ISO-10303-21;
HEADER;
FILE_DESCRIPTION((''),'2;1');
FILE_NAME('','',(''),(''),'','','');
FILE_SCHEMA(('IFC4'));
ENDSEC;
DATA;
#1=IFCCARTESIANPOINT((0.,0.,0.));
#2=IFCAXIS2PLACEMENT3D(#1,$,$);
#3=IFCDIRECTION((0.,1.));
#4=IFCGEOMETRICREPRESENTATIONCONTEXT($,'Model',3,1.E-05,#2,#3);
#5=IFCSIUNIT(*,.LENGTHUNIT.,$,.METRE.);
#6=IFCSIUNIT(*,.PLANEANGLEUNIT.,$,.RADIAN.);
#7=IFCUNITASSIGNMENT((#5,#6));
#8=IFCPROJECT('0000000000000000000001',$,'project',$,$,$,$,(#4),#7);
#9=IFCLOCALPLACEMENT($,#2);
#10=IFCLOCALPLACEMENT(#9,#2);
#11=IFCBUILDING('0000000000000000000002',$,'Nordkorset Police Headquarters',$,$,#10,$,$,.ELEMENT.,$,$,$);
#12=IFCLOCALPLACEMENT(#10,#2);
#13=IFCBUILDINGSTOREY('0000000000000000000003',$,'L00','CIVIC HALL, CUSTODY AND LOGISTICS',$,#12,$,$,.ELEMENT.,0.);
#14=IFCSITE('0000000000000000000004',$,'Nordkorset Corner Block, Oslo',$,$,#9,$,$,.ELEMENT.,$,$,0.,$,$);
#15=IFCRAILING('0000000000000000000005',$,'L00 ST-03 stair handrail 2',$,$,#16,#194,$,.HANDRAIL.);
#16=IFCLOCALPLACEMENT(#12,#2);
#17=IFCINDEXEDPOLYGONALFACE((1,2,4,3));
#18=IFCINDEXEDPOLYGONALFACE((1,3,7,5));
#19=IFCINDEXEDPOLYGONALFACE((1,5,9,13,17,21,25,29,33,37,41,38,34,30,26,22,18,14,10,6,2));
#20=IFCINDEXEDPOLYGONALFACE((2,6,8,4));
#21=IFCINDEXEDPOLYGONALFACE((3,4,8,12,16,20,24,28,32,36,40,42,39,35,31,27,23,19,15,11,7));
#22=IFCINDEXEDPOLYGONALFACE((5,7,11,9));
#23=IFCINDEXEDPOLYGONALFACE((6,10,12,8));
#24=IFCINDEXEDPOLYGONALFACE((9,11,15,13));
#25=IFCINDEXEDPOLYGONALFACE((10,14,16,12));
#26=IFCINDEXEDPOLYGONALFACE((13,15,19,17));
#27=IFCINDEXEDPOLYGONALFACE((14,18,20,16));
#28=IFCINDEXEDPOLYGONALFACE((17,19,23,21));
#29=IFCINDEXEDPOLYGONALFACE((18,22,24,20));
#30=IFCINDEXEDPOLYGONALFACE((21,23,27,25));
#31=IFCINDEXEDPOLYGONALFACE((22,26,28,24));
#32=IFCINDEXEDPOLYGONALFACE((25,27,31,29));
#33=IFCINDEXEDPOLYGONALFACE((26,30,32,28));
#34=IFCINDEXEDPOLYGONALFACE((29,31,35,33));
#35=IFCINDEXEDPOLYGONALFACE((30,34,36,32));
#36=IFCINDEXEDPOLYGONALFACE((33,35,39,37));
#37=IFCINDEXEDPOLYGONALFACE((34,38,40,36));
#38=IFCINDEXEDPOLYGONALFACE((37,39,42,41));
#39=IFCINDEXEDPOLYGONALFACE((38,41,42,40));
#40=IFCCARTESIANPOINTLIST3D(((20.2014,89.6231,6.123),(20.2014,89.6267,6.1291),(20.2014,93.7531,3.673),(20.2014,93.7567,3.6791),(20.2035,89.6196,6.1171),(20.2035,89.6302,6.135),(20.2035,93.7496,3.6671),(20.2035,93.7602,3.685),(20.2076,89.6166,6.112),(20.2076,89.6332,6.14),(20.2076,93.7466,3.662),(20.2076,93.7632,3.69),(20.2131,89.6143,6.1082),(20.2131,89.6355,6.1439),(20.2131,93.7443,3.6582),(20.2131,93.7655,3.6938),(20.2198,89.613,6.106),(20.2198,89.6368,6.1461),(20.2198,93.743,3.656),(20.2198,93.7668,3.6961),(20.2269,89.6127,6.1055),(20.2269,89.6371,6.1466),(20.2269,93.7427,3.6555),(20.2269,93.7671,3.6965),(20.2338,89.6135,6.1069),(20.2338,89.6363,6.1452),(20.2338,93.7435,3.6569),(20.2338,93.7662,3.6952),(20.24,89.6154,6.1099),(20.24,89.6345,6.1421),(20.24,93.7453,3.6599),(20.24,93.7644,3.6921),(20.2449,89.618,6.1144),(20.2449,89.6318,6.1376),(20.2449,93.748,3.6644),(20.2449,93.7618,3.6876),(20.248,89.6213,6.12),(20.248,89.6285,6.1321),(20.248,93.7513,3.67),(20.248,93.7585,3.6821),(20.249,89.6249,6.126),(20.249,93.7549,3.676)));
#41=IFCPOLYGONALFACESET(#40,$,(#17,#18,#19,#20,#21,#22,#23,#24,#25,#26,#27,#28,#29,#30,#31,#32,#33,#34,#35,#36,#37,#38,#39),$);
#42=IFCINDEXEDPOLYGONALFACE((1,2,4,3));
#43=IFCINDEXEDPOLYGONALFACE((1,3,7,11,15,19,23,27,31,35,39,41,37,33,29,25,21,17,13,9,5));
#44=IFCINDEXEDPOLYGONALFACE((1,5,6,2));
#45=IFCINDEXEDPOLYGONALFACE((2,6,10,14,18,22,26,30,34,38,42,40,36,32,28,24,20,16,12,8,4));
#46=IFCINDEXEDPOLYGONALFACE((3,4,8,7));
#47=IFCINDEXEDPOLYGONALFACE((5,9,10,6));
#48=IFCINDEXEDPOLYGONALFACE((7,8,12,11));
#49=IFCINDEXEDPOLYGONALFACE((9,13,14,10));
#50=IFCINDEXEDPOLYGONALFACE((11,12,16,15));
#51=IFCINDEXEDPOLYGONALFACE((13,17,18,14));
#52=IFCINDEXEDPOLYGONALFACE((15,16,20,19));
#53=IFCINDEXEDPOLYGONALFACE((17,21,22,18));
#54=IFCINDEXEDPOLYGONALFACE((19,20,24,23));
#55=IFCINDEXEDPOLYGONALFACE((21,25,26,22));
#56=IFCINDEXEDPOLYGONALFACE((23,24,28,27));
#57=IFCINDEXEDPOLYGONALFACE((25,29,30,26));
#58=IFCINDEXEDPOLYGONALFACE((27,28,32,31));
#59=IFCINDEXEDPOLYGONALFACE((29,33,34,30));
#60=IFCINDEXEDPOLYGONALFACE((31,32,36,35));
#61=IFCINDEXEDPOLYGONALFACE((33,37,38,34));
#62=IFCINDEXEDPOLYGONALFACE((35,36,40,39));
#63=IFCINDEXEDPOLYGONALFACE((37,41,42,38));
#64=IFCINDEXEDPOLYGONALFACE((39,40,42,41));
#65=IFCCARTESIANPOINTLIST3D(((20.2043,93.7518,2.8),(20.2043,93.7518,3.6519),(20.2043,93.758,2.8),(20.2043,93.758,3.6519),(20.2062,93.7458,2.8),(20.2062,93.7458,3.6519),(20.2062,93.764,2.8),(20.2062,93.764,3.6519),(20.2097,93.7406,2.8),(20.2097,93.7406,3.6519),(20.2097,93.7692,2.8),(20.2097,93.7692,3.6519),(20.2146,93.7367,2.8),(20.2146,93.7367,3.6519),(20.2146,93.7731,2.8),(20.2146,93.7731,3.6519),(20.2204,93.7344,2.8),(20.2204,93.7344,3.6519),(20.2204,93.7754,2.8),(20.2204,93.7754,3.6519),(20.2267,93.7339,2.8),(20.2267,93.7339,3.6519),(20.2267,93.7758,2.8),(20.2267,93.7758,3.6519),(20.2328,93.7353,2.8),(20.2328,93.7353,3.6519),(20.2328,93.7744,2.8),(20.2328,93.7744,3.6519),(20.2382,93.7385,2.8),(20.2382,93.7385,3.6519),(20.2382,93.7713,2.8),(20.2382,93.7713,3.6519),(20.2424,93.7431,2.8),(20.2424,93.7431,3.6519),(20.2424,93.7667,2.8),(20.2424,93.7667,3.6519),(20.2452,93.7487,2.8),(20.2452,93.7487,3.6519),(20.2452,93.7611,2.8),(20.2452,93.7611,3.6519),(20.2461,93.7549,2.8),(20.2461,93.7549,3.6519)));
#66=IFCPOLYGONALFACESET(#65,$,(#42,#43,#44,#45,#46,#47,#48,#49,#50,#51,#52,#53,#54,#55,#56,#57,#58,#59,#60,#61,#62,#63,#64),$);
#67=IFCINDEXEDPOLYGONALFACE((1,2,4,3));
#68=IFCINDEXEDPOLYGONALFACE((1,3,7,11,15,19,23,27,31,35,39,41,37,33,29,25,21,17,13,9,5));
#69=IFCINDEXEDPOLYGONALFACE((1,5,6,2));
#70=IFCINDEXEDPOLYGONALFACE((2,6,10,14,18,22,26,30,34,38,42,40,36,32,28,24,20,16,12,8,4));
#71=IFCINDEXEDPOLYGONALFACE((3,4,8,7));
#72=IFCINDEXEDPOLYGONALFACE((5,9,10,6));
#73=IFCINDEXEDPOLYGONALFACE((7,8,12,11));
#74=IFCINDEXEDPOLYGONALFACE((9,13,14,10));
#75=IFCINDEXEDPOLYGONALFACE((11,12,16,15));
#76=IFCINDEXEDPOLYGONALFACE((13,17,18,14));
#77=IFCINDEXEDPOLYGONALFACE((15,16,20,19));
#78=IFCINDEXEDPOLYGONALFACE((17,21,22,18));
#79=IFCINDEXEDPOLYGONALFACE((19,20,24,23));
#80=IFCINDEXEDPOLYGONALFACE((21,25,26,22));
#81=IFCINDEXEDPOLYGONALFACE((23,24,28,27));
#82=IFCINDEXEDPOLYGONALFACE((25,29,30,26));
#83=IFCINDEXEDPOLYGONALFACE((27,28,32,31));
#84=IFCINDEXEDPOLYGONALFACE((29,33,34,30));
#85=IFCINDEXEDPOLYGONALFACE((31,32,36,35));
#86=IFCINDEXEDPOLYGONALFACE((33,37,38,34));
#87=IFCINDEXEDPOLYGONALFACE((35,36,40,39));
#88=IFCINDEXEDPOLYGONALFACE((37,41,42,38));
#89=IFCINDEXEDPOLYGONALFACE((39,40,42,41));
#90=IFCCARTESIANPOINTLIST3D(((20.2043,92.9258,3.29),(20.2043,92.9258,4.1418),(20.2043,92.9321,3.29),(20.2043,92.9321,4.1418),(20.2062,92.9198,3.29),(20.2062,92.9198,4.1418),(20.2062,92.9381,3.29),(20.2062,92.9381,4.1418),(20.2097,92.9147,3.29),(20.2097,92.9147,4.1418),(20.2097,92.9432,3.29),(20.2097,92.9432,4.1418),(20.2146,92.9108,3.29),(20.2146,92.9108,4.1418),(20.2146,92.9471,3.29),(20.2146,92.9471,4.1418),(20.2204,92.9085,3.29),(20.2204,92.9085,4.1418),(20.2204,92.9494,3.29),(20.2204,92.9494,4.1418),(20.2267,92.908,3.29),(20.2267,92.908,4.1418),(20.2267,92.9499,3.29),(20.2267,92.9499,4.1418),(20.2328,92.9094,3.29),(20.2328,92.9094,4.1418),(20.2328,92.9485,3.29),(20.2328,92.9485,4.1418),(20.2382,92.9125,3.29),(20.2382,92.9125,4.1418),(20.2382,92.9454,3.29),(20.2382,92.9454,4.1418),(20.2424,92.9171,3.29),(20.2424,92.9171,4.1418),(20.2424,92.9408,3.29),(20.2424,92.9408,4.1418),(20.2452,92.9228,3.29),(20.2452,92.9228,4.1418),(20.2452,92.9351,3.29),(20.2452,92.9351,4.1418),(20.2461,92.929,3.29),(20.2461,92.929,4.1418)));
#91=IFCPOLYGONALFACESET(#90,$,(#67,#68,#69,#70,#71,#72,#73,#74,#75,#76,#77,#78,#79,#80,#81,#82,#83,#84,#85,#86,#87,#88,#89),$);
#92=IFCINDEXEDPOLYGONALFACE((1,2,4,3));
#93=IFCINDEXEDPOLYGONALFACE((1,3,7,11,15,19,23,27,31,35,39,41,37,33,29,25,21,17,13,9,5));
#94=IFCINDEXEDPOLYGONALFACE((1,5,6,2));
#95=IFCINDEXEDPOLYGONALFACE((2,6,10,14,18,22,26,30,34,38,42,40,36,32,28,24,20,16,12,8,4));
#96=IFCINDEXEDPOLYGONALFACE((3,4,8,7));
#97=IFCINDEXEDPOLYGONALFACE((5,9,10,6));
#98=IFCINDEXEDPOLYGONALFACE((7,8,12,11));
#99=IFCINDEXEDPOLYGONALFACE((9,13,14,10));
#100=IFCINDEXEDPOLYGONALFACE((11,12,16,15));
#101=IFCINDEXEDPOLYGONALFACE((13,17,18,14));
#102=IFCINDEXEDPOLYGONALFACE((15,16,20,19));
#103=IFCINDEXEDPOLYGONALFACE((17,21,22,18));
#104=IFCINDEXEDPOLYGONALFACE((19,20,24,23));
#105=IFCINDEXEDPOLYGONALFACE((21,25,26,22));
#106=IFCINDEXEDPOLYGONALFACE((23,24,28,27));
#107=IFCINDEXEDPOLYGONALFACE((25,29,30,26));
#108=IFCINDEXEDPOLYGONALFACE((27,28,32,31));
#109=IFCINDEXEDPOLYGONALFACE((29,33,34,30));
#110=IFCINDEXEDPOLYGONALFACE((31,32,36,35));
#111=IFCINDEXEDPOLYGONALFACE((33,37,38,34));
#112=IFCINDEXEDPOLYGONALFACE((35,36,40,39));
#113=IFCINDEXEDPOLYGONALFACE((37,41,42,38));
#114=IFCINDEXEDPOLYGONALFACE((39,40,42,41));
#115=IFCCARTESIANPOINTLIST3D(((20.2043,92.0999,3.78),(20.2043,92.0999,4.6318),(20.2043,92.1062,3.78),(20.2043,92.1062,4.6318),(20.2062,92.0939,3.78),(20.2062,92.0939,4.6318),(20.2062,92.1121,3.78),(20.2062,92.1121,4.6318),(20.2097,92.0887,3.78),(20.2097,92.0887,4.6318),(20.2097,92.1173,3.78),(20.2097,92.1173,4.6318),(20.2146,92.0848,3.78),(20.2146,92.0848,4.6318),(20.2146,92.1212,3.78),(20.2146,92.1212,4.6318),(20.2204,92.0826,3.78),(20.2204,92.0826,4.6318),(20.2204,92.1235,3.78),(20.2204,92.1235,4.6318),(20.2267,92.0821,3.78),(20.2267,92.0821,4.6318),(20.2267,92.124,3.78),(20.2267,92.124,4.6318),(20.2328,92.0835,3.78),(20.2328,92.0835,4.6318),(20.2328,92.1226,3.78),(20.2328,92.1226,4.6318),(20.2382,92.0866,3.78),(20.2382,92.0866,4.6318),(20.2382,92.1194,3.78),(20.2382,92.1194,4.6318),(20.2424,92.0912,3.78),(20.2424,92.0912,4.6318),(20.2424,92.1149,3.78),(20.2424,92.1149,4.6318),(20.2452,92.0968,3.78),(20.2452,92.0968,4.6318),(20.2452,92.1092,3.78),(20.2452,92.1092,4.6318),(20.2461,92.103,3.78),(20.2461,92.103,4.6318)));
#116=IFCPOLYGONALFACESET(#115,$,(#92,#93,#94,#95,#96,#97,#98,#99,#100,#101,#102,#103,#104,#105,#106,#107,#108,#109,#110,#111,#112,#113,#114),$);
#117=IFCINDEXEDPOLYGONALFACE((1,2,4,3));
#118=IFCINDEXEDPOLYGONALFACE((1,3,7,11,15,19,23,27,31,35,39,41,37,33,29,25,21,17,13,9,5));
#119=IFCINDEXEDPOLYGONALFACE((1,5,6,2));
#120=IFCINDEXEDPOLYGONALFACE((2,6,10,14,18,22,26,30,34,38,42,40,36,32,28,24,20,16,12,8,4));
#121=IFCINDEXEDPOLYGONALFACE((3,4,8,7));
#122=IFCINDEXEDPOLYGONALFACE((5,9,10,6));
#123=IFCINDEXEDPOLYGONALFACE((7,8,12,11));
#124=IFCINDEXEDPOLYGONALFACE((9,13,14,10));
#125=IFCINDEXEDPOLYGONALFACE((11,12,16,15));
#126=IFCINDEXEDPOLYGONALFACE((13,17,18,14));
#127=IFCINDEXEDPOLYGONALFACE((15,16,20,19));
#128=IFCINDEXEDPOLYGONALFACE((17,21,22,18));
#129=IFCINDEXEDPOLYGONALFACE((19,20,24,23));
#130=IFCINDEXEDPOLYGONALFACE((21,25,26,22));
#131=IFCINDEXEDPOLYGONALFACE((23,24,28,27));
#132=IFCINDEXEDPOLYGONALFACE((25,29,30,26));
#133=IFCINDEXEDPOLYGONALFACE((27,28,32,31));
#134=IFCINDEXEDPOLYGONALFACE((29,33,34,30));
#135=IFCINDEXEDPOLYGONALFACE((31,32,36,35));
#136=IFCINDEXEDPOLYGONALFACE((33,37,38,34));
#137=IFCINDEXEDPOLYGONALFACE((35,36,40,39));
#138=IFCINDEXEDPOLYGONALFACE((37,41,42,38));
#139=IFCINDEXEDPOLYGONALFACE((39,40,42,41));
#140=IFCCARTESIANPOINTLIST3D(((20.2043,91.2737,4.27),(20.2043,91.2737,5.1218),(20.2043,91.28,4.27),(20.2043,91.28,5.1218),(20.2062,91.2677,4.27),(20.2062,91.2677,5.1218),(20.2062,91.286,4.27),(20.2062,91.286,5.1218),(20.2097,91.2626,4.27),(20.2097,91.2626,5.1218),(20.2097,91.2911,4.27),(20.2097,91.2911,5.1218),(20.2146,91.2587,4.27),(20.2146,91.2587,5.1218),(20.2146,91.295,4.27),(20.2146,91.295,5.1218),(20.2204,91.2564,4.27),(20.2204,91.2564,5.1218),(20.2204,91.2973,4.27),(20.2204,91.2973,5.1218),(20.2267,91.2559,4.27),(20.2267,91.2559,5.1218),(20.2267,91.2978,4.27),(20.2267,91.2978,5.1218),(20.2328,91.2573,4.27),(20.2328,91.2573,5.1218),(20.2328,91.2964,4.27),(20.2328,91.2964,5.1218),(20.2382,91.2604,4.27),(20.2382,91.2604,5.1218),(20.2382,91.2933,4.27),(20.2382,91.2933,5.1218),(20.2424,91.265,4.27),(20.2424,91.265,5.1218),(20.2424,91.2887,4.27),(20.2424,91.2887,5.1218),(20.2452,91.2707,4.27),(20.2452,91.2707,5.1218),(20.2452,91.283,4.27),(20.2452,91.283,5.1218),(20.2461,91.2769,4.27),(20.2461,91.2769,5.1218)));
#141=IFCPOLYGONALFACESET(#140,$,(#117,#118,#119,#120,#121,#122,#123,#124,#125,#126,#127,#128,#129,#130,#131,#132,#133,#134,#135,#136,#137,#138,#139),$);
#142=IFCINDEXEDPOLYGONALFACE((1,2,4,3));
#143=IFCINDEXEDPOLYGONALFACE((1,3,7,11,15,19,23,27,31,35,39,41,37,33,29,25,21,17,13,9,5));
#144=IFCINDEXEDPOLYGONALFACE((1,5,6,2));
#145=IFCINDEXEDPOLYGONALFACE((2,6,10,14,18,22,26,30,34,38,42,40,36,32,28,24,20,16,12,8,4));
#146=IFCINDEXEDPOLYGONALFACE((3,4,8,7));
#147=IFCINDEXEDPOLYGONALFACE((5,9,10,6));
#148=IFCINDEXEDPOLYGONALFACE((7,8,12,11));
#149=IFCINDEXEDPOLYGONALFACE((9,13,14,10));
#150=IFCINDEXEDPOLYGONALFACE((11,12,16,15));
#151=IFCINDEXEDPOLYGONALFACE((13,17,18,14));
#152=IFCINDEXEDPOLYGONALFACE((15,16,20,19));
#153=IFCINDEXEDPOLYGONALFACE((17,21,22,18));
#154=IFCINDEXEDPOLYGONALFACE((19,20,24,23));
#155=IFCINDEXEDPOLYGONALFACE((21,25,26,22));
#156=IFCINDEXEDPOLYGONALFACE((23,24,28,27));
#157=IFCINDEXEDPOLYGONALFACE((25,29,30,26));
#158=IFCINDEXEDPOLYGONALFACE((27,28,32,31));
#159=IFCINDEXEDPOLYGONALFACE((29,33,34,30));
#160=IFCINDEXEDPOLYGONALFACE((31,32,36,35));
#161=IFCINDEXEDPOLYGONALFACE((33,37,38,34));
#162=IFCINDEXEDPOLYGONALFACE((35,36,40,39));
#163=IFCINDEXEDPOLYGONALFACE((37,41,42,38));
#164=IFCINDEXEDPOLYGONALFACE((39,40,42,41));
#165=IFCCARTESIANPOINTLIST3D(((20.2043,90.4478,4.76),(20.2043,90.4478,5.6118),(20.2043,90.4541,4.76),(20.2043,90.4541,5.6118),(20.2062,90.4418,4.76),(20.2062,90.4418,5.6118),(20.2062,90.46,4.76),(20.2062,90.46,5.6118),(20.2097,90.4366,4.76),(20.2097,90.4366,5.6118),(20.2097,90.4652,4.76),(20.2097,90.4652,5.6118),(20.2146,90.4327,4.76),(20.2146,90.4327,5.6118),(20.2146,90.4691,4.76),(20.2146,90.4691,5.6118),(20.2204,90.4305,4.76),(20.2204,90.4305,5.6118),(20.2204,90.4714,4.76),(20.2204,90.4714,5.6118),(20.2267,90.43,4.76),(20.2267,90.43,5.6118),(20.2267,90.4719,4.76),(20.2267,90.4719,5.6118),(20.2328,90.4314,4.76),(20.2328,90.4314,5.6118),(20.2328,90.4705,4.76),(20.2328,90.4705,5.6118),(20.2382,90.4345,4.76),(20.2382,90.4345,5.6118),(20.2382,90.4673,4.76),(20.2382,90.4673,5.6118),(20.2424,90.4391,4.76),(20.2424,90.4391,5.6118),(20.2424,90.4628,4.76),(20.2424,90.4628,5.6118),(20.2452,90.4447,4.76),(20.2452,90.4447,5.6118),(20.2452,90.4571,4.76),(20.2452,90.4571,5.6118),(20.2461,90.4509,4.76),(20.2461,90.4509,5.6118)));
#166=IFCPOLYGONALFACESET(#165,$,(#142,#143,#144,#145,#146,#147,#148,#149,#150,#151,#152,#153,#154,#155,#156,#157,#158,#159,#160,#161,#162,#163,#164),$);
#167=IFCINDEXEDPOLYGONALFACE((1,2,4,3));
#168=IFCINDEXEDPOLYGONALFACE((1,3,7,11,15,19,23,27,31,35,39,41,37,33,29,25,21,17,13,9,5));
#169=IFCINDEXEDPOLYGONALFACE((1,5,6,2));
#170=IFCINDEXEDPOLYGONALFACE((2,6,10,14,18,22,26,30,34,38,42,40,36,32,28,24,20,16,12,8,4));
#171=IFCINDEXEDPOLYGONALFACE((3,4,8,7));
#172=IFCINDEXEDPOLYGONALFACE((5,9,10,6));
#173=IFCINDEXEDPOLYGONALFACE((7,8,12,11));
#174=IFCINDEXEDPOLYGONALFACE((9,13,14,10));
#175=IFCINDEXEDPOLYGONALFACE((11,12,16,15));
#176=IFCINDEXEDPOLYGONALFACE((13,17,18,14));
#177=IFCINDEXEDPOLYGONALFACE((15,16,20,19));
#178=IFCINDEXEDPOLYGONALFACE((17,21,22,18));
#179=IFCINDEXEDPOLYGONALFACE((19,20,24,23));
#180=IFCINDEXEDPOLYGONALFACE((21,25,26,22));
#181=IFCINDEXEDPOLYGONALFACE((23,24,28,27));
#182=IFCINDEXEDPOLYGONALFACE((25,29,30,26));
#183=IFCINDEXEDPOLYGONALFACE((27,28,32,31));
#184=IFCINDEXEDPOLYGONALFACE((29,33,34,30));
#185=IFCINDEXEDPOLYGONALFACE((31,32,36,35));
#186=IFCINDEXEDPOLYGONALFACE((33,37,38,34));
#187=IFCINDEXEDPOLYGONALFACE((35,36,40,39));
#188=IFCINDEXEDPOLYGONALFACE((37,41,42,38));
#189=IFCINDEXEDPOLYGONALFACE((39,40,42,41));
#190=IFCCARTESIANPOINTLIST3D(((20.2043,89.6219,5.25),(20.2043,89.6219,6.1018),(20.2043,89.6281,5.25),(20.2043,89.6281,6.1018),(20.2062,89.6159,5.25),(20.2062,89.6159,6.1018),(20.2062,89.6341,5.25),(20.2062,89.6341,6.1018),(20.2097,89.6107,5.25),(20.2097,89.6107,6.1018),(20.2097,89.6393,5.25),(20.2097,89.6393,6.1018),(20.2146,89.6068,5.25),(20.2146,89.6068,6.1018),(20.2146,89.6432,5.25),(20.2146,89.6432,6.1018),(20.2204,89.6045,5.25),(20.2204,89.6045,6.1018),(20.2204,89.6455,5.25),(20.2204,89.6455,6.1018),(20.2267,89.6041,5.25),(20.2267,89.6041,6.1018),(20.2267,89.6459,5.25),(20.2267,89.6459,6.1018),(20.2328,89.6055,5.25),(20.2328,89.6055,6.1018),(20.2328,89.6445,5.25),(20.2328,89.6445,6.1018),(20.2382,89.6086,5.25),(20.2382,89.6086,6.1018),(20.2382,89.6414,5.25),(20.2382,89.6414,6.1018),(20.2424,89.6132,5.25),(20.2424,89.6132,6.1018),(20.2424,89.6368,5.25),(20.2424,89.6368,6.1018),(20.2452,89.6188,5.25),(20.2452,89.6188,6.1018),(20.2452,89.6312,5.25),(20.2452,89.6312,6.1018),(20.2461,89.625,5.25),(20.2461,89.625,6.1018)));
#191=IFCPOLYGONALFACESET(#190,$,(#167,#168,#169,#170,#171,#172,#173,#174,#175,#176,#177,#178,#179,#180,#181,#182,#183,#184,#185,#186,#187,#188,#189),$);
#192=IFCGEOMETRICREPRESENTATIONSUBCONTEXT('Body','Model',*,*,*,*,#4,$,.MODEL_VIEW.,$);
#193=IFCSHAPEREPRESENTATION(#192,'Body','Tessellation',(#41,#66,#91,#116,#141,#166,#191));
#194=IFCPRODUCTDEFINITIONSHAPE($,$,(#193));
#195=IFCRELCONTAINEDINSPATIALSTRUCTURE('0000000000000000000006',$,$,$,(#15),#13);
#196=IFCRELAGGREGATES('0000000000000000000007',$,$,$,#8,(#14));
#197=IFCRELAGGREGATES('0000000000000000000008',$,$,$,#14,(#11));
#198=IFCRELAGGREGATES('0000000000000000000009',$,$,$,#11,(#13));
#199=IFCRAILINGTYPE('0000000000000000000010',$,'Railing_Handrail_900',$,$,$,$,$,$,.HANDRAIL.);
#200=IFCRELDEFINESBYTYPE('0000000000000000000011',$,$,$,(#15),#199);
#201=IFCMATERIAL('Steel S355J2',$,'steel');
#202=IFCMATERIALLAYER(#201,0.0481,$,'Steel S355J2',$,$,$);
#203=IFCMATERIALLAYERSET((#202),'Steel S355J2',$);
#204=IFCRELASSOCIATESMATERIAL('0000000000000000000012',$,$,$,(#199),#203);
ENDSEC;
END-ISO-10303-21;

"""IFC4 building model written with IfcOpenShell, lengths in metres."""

from ifc_helpers import new_model, si_unit, direction, frame, origin, origin_2d, place, context, subcontext, project, spatial, circle, extrude, material, layer, layer_set, type_object, element, save


model = new_model("IFC4")

# Units and contexts
model_context = context("Model", 3, precision=1e-05, world=origin(), true_north=direction((0.0, 1.0)))
body_context = subcontext(model_context, "Body", "Model", "MODEL_VIEW")
ifc_project = project(units=[si_unit("LENGTHUNIT", "METRE"), si_unit("PLANEANGLEUNIT", "RADIAN")], contexts=[model_context])

# Site, building, storey
site_placement = place(None, origin())
site = spatial("IfcSite", under=ifc_project, at=site_placement, Name="Nordkorset Corner Block, Oslo", CompositionType="ELEMENT", RefElevation=0.0)
building_placement = place(site_placement, origin())
building = spatial("IfcBuilding", under=site, at=building_placement, Name="Nordkorset Police Headquarters", CompositionType="ELEMENT")
storey_placement = place(building_placement, origin())
storey = spatial("IfcBuildingStorey", under=building, at=storey_placement, Name="L00", Description="CIVIC HALL, CUSTODY AND LOGISTICS", CompositionType="ELEMENT", Elevation=0.0)

# Railing
ifc_material_1 = material(Name="Steel S355J2", Category="steel")
ifc_layer_1 = layer(ifc_material_1, 0.0481, Name="Steel S355J2")
ifc_layer_set_1 = layer_set([ifc_layer_1], Name="Steel S355J2")
railing_type_1 = type_object("IfcRailingType", Name="Railing_Handrail_900", PredefinedType="HANDRAIL", material=ifc_layer_set_1)
railing_placement = place(storey_placement, frame((20.2251, 93.7549, 2.8)))
element("IfcRailing", 1, at=railing_placement, inside=storey, type_object=railing_type_1, Name="L00 ST-03 stair handrail 2", PredefinedType="HANDRAIL", context=body_context, shape_type="SweptSolid", body=[
    extrude(circle(Radius=0.0239, at=origin_2d()), frame((0.0, 0.0, 0.876), z_axis=(0.0, -0.860053, 0.510205), x_axis=(1.0, 0.0, 0.0)), (0.0, 0.0, 1.0), 4.802),
    extrude(circle(Radius=0.021, at=origin_2d()), origin(), (0.0, 0.0, 1.0), 0.8518),
    extrude(circle(Radius=0.021, at=origin_2d()), frame((0.0, -0.8259, 0.49)), (0.0, 0.0, 1.0), 0.8518),
    extrude(circle(Radius=0.021, at=origin_2d()), frame((0.0, -1.6519, 0.98)), (0.0, 0.0, 1.0), 0.8518),
    extrude(circle(Radius=0.021, at=origin_2d()), frame((0.0, -2.478, 1.47)), (0.0, 0.0, 1.0), 0.8518),
    extrude(circle(Radius=0.021, at=origin_2d()), frame((0.0, -3.304, 1.96)), (0.0, 0.0, 1.0), 0.8518),
    extrude(circle(Radius=0.021, at=origin_2d()), frame((0.0, -4.1299, 2.45)), (0.0, 0.0, 1.0), 0.8518),
])

save(model, "model.ifc")
